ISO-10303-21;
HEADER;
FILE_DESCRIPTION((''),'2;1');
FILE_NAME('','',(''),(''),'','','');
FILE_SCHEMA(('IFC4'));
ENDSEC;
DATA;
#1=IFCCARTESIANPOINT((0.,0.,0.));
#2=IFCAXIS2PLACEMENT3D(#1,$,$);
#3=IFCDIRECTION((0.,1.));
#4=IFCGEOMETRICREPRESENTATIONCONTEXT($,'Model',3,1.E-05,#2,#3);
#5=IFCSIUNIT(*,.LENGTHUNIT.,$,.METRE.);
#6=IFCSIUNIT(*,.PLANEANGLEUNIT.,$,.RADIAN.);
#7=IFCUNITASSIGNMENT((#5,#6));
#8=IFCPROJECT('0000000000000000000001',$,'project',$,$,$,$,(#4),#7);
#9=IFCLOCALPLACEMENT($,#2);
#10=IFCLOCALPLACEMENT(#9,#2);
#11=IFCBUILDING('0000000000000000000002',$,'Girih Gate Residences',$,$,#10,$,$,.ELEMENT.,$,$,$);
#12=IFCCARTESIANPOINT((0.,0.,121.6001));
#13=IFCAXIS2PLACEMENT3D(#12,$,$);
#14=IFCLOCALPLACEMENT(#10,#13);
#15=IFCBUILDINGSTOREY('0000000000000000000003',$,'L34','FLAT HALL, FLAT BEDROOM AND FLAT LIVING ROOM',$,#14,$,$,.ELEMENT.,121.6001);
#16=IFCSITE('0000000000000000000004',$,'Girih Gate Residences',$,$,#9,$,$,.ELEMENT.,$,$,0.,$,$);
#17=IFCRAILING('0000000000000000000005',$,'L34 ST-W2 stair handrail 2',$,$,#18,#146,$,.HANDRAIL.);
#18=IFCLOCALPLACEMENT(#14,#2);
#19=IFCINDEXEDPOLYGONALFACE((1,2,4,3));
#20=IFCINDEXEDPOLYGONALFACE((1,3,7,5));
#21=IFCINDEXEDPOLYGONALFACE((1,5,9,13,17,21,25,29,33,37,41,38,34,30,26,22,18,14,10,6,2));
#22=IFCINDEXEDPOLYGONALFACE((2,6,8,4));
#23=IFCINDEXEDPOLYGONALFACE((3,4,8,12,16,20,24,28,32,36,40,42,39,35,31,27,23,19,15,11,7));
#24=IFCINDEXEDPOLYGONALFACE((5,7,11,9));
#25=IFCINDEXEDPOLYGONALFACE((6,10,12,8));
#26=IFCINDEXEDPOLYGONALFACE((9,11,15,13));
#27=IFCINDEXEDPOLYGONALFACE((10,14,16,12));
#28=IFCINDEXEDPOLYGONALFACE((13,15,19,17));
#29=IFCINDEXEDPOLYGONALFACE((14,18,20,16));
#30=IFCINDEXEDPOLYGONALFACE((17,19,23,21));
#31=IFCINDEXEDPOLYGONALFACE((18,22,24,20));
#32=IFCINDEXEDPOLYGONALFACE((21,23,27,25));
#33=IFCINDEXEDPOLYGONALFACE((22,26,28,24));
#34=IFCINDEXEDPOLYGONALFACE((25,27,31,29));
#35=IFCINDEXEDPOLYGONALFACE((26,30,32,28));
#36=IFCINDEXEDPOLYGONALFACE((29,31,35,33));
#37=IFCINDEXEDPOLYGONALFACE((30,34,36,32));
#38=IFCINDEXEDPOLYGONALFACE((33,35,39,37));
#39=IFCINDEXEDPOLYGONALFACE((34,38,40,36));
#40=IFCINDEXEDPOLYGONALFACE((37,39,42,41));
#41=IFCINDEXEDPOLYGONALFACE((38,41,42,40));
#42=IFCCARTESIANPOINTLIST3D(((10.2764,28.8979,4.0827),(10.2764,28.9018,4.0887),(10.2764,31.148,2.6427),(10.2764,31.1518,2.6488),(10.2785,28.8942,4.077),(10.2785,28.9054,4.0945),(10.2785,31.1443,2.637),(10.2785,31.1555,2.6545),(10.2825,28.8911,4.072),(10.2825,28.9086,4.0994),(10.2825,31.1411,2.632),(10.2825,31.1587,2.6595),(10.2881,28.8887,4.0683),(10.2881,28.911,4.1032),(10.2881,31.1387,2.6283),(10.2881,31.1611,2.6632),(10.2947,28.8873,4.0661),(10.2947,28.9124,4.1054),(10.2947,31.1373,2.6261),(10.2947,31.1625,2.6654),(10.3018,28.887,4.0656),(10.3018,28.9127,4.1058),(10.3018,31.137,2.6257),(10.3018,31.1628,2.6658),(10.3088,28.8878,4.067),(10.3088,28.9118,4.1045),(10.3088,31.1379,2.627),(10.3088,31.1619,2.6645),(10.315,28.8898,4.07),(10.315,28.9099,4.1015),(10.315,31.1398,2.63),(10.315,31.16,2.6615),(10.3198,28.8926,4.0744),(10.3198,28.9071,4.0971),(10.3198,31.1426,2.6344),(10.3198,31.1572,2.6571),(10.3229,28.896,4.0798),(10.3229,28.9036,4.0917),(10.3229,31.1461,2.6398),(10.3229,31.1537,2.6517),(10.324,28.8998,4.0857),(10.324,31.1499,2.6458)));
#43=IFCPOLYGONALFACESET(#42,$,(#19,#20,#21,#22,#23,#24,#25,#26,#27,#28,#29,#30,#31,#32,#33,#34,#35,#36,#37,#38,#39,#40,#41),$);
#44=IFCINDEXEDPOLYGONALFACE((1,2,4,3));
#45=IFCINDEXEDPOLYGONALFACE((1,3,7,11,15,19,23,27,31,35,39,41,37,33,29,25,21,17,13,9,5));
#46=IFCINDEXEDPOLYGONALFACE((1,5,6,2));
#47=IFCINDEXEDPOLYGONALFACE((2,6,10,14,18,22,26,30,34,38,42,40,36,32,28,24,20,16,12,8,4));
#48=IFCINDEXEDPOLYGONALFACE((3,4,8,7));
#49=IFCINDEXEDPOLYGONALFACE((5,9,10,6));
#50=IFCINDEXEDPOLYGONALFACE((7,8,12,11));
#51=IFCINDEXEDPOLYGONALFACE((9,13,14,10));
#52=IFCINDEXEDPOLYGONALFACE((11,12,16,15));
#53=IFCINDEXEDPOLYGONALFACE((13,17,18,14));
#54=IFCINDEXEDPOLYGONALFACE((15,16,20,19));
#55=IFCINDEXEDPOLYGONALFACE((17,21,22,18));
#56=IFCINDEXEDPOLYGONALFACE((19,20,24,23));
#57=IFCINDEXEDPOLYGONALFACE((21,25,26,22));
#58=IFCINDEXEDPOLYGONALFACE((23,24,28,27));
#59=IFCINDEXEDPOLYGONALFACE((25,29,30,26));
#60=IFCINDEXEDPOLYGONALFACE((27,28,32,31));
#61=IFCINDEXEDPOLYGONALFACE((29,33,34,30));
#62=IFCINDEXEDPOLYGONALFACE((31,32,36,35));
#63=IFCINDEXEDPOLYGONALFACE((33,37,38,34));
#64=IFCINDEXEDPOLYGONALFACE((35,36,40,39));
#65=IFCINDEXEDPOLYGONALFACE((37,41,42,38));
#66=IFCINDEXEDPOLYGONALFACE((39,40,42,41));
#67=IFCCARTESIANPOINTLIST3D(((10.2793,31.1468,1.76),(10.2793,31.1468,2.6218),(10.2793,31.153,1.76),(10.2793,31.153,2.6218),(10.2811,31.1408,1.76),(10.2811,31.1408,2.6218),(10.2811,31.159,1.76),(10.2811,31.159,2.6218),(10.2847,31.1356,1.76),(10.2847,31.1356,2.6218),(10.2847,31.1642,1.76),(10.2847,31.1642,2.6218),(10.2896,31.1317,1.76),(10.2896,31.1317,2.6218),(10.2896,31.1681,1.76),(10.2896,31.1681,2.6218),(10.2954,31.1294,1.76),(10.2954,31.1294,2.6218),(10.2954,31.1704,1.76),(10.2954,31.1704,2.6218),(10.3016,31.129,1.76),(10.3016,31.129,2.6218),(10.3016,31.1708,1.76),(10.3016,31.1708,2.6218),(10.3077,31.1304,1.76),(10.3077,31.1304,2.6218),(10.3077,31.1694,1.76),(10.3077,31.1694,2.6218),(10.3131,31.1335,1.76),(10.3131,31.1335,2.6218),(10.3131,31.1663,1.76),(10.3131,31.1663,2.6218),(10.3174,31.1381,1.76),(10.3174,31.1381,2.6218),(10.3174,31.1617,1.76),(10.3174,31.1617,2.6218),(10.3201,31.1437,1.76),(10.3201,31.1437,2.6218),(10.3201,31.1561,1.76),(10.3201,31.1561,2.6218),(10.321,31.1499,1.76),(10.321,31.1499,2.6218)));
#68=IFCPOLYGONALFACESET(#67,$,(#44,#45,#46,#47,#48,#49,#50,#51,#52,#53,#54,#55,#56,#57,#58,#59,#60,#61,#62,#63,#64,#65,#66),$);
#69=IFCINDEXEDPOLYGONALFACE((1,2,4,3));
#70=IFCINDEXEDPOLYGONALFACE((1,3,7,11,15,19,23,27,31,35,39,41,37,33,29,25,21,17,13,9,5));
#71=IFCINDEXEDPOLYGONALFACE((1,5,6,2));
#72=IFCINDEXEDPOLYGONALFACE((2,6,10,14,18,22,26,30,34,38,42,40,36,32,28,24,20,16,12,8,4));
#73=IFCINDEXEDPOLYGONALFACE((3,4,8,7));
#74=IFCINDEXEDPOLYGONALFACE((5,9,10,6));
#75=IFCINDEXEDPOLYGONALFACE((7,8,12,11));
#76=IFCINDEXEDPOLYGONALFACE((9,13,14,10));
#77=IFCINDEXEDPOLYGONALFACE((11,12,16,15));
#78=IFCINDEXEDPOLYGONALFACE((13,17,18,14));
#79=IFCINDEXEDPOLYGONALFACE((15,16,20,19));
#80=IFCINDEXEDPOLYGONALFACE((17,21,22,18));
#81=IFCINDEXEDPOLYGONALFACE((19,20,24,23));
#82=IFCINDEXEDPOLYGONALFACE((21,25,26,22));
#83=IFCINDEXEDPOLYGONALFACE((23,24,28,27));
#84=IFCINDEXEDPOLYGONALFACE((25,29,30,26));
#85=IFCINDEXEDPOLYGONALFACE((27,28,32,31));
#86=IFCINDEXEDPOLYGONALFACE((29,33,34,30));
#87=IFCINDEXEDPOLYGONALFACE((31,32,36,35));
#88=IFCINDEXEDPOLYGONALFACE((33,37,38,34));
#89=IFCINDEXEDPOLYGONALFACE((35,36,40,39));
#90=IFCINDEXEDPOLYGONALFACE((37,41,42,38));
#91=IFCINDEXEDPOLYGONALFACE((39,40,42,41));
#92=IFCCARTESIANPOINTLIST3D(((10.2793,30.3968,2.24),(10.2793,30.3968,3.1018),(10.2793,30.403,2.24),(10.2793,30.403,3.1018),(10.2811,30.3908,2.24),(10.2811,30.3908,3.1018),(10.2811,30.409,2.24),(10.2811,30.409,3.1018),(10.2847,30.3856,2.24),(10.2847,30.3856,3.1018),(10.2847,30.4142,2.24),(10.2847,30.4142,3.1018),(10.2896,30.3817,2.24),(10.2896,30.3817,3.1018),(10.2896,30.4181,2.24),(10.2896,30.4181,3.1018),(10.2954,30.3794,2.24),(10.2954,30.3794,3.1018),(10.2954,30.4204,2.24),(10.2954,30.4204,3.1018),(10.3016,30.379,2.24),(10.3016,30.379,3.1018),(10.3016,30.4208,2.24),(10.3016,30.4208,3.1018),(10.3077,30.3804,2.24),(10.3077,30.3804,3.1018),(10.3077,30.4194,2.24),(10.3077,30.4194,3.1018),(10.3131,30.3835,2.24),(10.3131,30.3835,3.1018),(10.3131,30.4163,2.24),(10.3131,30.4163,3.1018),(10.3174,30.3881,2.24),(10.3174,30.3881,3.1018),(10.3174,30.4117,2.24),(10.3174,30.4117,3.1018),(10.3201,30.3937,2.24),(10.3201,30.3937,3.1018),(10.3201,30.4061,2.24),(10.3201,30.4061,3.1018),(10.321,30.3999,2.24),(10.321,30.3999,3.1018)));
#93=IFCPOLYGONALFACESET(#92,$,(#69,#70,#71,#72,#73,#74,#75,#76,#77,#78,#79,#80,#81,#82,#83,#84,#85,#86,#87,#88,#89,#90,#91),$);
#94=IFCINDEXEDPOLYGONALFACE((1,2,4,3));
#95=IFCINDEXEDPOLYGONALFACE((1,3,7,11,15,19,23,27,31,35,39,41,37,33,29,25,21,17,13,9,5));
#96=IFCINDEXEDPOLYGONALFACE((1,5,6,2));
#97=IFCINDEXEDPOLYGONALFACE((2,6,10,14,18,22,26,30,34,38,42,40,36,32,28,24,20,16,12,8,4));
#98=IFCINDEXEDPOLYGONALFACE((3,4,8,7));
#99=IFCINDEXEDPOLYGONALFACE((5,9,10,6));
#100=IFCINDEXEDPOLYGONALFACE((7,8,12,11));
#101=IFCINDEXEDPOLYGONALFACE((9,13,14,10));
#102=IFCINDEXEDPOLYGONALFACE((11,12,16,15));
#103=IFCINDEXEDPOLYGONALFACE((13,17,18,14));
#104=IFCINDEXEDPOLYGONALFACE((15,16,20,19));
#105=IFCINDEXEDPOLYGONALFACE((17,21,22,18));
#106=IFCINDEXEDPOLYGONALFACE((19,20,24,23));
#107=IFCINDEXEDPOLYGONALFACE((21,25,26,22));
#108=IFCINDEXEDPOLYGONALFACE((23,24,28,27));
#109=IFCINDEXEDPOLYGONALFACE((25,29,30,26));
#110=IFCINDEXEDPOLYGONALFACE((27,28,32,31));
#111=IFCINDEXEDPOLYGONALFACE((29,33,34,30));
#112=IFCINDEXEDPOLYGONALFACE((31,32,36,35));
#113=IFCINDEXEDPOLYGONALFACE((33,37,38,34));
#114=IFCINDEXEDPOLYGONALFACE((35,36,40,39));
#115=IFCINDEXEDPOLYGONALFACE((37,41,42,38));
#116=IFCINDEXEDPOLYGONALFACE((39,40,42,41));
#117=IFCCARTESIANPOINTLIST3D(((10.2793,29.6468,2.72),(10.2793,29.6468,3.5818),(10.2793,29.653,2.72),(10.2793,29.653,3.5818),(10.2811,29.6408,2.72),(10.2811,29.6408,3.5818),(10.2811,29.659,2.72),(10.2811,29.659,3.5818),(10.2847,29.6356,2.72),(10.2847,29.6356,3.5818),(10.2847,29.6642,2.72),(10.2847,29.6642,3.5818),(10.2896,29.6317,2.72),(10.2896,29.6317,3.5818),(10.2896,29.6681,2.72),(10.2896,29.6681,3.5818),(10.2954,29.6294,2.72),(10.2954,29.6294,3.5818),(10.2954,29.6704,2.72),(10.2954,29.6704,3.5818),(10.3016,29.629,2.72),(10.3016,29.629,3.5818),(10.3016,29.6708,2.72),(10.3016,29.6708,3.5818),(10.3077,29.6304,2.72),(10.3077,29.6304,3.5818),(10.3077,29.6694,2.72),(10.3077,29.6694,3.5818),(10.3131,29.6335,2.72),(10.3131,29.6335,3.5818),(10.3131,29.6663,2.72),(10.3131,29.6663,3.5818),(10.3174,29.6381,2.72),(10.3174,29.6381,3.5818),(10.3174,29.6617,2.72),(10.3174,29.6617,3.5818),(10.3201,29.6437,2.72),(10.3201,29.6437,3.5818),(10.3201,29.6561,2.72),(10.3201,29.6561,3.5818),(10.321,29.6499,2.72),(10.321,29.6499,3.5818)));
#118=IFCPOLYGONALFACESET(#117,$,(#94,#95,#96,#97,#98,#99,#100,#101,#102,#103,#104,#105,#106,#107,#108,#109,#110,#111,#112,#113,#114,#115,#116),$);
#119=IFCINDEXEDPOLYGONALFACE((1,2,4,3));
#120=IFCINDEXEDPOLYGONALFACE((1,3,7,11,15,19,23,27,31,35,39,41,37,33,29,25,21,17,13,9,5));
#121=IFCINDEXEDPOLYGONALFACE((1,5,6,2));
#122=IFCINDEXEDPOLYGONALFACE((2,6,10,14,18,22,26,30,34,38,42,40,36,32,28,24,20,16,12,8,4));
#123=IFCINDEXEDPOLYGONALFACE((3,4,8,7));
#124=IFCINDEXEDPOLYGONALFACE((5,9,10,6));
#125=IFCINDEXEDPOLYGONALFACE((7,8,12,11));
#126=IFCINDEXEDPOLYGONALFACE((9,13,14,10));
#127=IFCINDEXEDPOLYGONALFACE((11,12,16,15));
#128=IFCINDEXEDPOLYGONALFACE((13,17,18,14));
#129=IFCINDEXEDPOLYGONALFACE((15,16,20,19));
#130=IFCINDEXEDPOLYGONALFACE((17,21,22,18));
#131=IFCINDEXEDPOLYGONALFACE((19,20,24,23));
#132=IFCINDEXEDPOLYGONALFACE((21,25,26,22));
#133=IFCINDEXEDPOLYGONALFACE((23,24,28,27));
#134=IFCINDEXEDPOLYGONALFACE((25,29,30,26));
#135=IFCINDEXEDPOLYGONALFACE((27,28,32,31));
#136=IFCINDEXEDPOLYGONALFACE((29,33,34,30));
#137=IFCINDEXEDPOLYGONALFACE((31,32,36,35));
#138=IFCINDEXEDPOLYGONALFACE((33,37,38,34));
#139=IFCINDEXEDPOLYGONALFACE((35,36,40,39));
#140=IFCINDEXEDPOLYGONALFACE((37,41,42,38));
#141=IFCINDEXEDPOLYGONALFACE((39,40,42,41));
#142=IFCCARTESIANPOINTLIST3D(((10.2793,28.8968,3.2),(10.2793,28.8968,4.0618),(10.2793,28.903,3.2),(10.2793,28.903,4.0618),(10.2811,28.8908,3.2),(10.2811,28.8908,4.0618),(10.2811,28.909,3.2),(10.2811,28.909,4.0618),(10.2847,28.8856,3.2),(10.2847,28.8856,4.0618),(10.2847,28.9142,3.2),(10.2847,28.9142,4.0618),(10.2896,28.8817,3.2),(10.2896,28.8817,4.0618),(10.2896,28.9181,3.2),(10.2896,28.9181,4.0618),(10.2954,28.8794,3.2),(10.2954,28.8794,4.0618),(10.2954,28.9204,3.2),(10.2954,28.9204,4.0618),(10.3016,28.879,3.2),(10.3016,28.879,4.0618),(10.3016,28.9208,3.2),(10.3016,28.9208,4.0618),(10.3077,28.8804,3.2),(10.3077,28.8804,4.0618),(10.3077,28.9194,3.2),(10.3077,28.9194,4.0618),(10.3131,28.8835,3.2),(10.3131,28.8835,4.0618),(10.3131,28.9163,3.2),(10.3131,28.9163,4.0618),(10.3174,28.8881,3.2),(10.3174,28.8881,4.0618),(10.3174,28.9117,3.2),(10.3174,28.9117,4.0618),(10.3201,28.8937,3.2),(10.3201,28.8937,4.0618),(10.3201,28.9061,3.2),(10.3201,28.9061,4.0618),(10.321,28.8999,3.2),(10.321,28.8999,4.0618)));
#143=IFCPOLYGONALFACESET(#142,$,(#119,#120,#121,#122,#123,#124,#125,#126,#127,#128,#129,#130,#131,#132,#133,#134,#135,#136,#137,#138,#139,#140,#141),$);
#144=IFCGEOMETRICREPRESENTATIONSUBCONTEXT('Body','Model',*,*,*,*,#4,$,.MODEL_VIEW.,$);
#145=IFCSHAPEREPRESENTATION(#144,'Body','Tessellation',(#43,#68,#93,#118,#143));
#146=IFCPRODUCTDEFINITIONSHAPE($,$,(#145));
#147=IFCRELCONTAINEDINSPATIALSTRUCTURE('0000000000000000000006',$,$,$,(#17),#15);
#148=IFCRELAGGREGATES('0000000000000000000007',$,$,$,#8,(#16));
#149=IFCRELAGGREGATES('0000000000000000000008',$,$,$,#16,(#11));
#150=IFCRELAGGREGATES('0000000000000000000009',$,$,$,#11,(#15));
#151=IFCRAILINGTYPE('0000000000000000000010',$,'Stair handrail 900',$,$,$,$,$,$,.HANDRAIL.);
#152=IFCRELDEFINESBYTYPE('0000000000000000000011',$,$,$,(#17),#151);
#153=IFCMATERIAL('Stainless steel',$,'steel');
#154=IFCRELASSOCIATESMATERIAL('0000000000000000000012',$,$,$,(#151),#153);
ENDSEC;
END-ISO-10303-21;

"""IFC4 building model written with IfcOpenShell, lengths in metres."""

from ifc_helpers import new_model, si_unit, direction, frame, origin, origin_2d, place, context, subcontext, project, spatial, circle, extrude, material, type_object, element, save


model = new_model("IFC4")

# Units and contexts
model_context = context("Model", 3, precision=1e-05, world=origin(), true_north=direction((0.0, 1.0)))
body_context = subcontext(model_context, "Body", "Model", "MODEL_VIEW")
ifc_project = project(units=[si_unit("LENGTHUNIT", "METRE"), si_unit("PLANEANGLEUNIT", "RADIAN")], contexts=[model_context])

# Site, building, storey
site_placement = place(None, origin())
site = spatial("IfcSite", under=ifc_project, at=site_placement, Name="Girih Gate Residences", CompositionType="ELEMENT", RefElevation=0.0)
building_placement = place(site_placement, origin())
building = spatial("IfcBuilding", under=site, at=building_placement, Name="Girih Gate Residences", CompositionType="ELEMENT")
storey_placement = place(building_placement, frame((0.0, 0.0, 121.6001)))
storey = spatial("IfcBuildingStorey", under=building, at=storey_placement, Name="L34", Description="FLAT HALL, FLAT BEDROOM AND FLAT LIVING ROOM", CompositionType="ELEMENT", Elevation=121.6001)

# Railing
ifc_material_1 = material(Name="Stainless steel", Category="steel")
railing_type_1 = type_object("IfcRailingType", Name="Stair handrail 900", PredefinedType="HANDRAIL", material=ifc_material_1)
railing_1_placement = place(storey_placement, frame((10.3, 31.1499, 1.76)))
element("IfcRailing", 1, at=railing_1_placement, inside=storey, type_object=railing_type_1, Name="L34 ST-W2 stair handrail 2", PredefinedType="HANDRAIL", context=body_context, shape_type="SweptSolid", body=[
    extrude(circle(Radius=0.0239, at=origin_2d()), frame((0.0, 0.0, 0.8857), z_axis=(0.0, -0.842281, 0.539038), x_axis=(1.0, 0.0, 0.0)), (0.0, 0.0, 1.0), 2.6714),
    extrude(circle(Radius=0.021, at=origin_2d()), origin(), (0.0, 0.0, 1.0), 0.8618),
    extrude(circle(Radius=0.021, at=origin_2d()), frame((0.0, -0.75, 0.48)), (0.0, 0.0, 1.0), 0.8618),
    extrude(circle(Radius=0.021, at=origin_2d()), frame((0.0, -1.5, 0.96)), (0.0, 0.0, 1.0), 0.8618),
    extrude(circle(Radius=0.021, at=origin_2d()), frame((0.0, -2.25, 1.4399)), (0.0, 0.0, 1.0), 0.8618),
])

save(model, "model.ifc")
